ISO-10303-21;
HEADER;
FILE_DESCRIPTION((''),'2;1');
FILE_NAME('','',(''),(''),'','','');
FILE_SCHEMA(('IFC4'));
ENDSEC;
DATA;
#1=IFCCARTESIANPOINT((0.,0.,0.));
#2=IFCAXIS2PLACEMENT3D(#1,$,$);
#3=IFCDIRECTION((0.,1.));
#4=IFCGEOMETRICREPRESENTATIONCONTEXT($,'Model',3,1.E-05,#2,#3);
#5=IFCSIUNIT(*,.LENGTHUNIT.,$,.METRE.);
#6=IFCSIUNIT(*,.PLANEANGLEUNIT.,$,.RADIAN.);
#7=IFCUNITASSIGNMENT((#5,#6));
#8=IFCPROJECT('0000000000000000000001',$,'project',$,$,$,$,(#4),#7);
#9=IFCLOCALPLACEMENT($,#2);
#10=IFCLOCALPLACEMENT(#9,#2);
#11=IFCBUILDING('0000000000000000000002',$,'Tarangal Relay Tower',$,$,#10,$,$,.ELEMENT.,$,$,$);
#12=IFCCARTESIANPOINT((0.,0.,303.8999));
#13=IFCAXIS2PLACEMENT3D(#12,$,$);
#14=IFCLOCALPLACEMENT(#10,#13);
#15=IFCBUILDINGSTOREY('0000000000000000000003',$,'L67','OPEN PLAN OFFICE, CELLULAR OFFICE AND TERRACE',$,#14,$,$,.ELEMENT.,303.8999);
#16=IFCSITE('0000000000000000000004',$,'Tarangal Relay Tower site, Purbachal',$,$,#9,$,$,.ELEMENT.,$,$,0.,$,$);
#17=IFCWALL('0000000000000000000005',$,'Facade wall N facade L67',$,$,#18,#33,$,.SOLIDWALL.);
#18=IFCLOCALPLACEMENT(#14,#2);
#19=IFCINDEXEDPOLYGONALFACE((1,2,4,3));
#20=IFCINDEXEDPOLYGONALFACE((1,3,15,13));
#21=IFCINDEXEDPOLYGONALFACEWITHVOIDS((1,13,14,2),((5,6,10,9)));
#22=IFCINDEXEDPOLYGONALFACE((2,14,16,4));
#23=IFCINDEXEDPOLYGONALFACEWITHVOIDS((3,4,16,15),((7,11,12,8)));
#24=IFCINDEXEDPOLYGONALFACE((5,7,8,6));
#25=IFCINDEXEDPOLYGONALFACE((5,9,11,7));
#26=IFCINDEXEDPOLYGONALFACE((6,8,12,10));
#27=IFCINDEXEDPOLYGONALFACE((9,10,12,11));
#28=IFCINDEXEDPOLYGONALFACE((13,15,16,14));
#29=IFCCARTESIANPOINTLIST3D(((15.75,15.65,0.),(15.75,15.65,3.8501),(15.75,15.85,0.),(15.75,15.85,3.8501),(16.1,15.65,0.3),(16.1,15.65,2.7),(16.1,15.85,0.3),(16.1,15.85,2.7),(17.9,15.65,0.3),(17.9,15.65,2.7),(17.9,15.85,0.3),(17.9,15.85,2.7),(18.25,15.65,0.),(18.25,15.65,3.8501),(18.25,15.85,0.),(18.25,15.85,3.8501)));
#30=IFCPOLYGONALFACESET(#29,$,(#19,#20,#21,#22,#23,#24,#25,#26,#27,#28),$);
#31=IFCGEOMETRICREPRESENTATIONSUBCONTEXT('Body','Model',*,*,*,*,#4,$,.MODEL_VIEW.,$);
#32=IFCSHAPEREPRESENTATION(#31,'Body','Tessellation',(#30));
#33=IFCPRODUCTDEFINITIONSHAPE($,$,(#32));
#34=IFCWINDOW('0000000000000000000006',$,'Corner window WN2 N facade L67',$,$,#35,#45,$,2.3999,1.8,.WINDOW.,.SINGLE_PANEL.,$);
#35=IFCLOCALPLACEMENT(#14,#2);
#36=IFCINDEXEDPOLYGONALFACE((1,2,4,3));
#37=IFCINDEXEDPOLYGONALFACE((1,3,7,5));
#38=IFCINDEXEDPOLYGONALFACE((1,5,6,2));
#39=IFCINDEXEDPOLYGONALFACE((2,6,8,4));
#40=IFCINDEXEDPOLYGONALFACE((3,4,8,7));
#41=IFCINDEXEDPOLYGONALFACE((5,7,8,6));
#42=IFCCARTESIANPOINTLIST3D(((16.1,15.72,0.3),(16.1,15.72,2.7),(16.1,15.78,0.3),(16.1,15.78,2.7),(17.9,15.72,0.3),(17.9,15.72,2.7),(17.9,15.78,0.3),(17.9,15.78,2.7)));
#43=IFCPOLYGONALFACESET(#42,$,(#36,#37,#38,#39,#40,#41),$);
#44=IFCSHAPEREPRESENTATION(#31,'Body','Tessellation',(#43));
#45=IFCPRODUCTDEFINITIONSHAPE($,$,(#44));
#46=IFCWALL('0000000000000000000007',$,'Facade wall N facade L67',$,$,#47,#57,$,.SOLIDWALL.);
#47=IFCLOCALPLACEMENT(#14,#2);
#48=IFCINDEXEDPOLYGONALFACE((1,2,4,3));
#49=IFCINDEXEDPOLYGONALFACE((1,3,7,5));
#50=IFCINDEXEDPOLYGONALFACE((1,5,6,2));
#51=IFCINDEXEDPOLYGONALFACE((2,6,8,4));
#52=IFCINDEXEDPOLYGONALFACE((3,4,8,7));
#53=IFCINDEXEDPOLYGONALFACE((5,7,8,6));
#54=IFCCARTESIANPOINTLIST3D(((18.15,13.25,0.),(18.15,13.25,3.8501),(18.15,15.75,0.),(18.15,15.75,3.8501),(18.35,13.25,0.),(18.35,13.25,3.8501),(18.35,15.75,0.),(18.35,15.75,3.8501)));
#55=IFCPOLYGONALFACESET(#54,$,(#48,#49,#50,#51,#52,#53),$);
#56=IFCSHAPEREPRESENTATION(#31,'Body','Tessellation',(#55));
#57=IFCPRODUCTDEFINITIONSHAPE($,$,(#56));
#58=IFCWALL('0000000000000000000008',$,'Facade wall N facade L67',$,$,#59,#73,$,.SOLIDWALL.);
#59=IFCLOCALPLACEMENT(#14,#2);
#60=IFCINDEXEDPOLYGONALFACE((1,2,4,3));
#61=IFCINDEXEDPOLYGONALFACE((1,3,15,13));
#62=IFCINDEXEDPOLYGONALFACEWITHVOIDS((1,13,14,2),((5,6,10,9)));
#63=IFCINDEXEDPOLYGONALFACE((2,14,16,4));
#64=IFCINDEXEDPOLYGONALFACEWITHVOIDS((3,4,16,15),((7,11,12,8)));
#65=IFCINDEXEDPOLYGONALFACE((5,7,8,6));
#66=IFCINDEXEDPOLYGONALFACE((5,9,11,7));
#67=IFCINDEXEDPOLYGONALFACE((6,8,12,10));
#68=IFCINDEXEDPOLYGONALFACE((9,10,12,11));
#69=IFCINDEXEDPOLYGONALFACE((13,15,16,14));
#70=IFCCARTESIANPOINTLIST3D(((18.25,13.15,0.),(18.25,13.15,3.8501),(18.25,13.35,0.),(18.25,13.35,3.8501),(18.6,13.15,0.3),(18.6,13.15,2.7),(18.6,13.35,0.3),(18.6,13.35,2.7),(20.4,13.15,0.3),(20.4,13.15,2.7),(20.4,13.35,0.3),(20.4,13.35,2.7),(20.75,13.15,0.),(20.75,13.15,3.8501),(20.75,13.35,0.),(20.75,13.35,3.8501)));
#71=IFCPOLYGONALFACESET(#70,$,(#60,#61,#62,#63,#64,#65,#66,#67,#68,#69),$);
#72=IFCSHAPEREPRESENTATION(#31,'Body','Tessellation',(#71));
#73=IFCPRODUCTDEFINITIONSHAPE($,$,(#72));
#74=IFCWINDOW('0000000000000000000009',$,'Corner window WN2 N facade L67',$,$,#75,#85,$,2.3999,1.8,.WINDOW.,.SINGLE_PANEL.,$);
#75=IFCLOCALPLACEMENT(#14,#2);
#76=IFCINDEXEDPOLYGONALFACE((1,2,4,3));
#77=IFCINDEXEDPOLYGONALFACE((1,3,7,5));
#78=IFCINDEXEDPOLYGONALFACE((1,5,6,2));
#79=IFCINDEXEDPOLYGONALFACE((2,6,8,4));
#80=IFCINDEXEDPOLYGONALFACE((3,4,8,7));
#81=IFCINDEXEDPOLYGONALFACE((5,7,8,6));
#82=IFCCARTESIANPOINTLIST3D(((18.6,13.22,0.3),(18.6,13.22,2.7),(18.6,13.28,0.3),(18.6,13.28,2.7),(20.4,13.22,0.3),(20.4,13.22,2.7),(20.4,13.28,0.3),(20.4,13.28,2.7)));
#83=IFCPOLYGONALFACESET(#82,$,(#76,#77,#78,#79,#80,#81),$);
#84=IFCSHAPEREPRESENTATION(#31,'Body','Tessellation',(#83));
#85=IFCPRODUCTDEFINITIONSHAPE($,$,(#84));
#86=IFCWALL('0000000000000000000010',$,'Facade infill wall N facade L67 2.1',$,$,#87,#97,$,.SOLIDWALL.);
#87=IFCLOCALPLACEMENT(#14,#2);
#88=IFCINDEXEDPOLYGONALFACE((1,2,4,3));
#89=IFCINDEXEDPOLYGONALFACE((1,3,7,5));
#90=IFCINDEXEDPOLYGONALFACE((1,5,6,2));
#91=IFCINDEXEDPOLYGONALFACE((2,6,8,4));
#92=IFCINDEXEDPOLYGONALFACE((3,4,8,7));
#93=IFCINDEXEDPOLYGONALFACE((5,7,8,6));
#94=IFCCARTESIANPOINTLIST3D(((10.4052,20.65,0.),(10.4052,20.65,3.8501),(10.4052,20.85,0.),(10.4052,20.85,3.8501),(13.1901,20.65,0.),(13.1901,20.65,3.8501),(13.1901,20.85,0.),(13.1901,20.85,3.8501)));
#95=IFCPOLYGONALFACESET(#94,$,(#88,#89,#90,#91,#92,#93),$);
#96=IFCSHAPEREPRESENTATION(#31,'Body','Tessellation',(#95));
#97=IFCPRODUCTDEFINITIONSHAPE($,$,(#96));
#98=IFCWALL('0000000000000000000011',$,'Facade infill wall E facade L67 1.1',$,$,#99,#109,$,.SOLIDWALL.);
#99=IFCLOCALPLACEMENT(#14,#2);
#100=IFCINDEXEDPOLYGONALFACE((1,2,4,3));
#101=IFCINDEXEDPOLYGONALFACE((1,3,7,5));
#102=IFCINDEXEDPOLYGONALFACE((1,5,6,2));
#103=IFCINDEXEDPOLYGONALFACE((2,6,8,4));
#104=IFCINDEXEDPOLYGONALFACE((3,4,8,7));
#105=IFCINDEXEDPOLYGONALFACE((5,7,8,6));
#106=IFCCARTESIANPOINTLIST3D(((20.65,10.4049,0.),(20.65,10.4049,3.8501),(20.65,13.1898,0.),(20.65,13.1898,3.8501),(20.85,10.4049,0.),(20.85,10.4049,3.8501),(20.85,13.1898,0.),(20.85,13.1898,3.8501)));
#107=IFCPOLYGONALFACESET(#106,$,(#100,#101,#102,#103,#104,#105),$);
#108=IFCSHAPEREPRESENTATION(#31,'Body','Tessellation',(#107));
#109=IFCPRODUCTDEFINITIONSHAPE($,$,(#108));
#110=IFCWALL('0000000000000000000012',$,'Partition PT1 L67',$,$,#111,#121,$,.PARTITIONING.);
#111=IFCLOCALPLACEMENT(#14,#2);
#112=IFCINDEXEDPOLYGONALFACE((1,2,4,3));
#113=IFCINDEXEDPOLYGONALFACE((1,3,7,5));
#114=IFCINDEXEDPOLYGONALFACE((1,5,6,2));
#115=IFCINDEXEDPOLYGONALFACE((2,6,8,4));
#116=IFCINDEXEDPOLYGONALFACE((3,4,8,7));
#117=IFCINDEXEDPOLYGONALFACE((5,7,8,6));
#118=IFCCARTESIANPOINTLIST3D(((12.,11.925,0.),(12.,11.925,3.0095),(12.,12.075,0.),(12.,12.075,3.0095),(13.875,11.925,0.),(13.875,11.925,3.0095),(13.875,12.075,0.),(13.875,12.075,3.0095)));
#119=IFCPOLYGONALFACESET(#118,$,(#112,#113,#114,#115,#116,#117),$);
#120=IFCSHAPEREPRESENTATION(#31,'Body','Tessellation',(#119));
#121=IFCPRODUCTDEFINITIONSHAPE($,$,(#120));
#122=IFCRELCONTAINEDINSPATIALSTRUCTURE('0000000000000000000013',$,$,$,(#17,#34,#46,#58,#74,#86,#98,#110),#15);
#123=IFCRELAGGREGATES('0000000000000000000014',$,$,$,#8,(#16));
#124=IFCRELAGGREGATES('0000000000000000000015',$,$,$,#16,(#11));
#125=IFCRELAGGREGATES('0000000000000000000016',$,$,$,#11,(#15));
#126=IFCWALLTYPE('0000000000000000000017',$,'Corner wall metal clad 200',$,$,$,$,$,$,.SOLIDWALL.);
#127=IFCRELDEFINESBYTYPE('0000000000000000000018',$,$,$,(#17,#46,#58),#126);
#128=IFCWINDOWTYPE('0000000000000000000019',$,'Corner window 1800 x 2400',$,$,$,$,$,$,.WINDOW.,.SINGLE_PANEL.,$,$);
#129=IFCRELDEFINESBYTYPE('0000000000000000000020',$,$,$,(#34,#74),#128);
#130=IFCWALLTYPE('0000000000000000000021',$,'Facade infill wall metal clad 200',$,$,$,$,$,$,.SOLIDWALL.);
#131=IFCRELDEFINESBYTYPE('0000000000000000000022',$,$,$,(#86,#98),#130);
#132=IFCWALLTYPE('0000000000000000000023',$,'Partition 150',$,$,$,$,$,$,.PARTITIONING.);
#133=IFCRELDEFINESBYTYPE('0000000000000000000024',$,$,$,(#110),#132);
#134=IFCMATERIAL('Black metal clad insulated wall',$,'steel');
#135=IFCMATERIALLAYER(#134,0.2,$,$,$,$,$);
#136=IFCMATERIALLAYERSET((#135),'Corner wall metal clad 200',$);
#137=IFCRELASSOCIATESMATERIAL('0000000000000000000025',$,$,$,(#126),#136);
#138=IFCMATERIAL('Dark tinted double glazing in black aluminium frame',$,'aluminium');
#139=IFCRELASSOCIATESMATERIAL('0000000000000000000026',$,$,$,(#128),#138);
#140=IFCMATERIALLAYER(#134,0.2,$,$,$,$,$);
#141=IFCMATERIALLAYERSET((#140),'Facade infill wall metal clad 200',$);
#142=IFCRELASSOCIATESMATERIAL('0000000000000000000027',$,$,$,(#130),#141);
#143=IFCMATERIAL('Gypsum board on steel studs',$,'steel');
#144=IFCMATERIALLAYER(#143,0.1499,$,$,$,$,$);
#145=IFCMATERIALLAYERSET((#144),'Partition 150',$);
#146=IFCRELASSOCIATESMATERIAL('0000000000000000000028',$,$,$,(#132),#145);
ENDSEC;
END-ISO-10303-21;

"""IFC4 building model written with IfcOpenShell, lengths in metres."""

from ifc_helpers import new_model, si_unit, direction, frame, frame_2d, origin, place, context, subcontext, project, spatial, rectangle, extrude, material, layer, layer_set, type_object, element, fill, save


model = new_model("IFC4")

# Units and contexts
model_context = context("Model", 3, precision=1e-05, world=origin(), true_north=direction((0.0, 1.0)))
body_context = subcontext(model_context, "Body", "Model", "MODEL_VIEW")
ifc_project = project(units=[si_unit("LENGTHUNIT", "METRE"), si_unit("PLANEANGLEUNIT", "RADIAN")], contexts=[model_context])

# Site, building, storey
site_placement = place(None, origin())
site = spatial("IfcSite", under=ifc_project, at=site_placement, Name="Tarangal Relay Tower site, Purbachal", CompositionType="ELEMENT", RefElevation=0.0)
building_placement = place(site_placement, origin())
building = spatial("IfcBuilding", under=site, at=building_placement, Name="Tarangal Relay Tower", CompositionType="ELEMENT")
storey_placement = place(building_placement, frame((0.0, 0.0, 303.8999)))
storey = spatial("IfcBuildingStorey", under=building, at=storey_placement, Name="L67", Description="OPEN PLAN OFFICE, CELLULAR OFFICE AND TERRACE", CompositionType="ELEMENT", Elevation=303.8999)

# Shared definitions
ifc_material_1 = material(Name="Black metal clad insulated wall", Category="steel")
ifc_layer_1 = layer(ifc_material_1, 0.2)
ifc_layer_set_1 = layer_set([ifc_layer_1], Name="Corner wall metal clad 200")
wall_type_1 = type_object("IfcWallType", Name="Corner wall metal clad 200", PredefinedType="SOLIDWALL", material=ifc_layer_set_1)

# Shared definitions
ifc_material_2 = material(Name="Dark tinted double glazing in black aluminium frame", Category="aluminium")
window_type = type_object("IfcWindowType", Name="Corner window 1800 x 2400", PartitioningType="SINGLE_PANEL", PredefinedType="WINDOW", material=ifc_material_2)

# Wall, opening, window
wall_1_placement = place(storey_placement, frame((15.75, 15.75, 0.0), z_axis=(0.0, 0.0, 1.0), x_axis=(1.0, 0.0, 0.0)))
wall_1 = element("IfcWall", 1, at=wall_1_placement, inside=storey, type_object=wall_type_1, Name="Facade wall N facade L67", PredefinedType="SOLIDWALL", context=body_context, shape_type="SweptSolid", body=[
    extrude(rectangle(XDim=2.5, YDim=0.2, at=frame_2d((1.25, 0.0))), origin(), (0.0, 0.0, 1.0), 3.8501),
])
opening_1_placement = place(wall_1_placement, frame((0.3501, 0.0, 0.3)))
opening_1 = element("IfcOpeningElement", 2, at=opening_1_placement, cuts=wall_1, PredefinedType="OPENING", context=body_context, shape_type="SweptSolid", body=[
    extrude(rectangle(XDim=1.8, YDim=2.3999, at=frame_2d((0.8999, 1.2))), frame((0.0, 0.1099, 0.0), z_axis=(0.0, -1.0, 0.0), x_axis=(1.0, 0.0, 0.0)), (0.0, 0.0, 1.0), 0.22),
])
window_1_placement = place(opening_1_placement, origin())
window_1 = element("IfcWindow", 3, at=window_1_placement, inside=storey, type_object=window_type, Name="Corner window WN2 N facade L67", OverallHeight=2.3999, OverallWidth=1.8, PartitioningType="SINGLE_PANEL", PredefinedType="WINDOW", context=body_context, shape_type="SweptSolid", body=[
    extrude(rectangle(XDim=1.8, YDim=2.3999, at=frame_2d((0.8999, 1.2))), frame((0.0, 0.03, 0.0), z_axis=(0.0, -1.0, 0.0), x_axis=(1.0, 0.0, 0.0)), (0.0, 0.0, 1.0), 0.0601),
])
fill(opening_1, window_1)

# Wall
wall_2_placement = place(storey_placement, frame((18.25, 15.75, 0.0), z_axis=(0.0, 0.0, 1.0), x_axis=(0.0, -1.0, 0.0)))
element("IfcWall", 4, at=wall_2_placement, inside=storey, type_object=wall_type_1, Name="Facade wall N facade L67", PredefinedType="SOLIDWALL", context=body_context, shape_type="SweptSolid", body=[
    extrude(rectangle(XDim=2.5, YDim=0.2, at=frame_2d((1.25, 0.0))), origin(), (0.0, 0.0, 1.0), 3.8501),
])

# Wall, opening, window
wall_3_placement = place(storey_placement, frame((18.25, 13.25, 0.0), z_axis=(0.0, 0.0, 1.0), x_axis=(1.0, 0.0, 0.0)))
wall_3 = element("IfcWall", 5, at=wall_3_placement, inside=storey, type_object=wall_type_1, Name="Facade wall N facade L67", PredefinedType="SOLIDWALL", context=body_context, shape_type="SweptSolid", body=[
    extrude(rectangle(XDim=2.5, YDim=0.2, at=frame_2d((1.25, 0.0))), origin(), (0.0, 0.0, 1.0), 3.8501),
])
opening_2_placement = place(wall_3_placement, frame((0.3501, 0.0, 0.3)))
opening_2 = element("IfcOpeningElement", 6, at=opening_2_placement, cuts=wall_3, PredefinedType="OPENING", context=body_context, shape_type="SweptSolid", body=[
    extrude(rectangle(XDim=1.8, YDim=2.3999, at=frame_2d((0.8999, 1.2))), frame((0.0, 0.1099, 0.0), z_axis=(0.0, -1.0, 0.0), x_axis=(1.0, 0.0, 0.0)), (0.0, 0.0, 1.0), 0.22),
])
window_2_placement = place(opening_2_placement, origin())
window_2 = element("IfcWindow", 7, at=window_2_placement, inside=storey, type_object=window_type, Name="Corner window WN2 N facade L67", OverallHeight=2.3999, OverallWidth=1.8, PartitioningType="SINGLE_PANEL", PredefinedType="WINDOW", context=body_context, shape_type="SweptSolid", body=[
    extrude(rectangle(XDim=1.8, YDim=2.3999, at=frame_2d((0.8999, 1.2))), frame((0.0, 0.03, 0.0), z_axis=(0.0, -1.0, 0.0), x_axis=(1.0, 0.0, 0.0)), (0.0, 0.0, 1.0), 0.0601),
])
fill(opening_2, window_2)

# Walls
ifc_layer_2 = layer(ifc_material_1, 0.2)
ifc_layer_set_2 = layer_set([ifc_layer_2], Name="Facade infill wall metal clad 200")
wall_type_2 = type_object("IfcWallType", Name="Facade infill wall metal clad 200", PredefinedType="SOLIDWALL", material=ifc_layer_set_2)
for number, where, z_axis, x_axis, name in (
    (8, (10.405, 20.75, 0.0), (0.0, 0.0, 1.0), (1.0, 0.0, 0.0), "Facade infill wall N facade L67 2.1"),
    (9, (20.75, 13.1899, 0.0), (0.0, 0.0, 1.0), (0.0, -1.0, 0.0), "Facade infill wall E facade L67 1.1"),
):
    element("IfcWall", number, at=place(storey_placement, frame(where, z_axis=z_axis, x_axis=x_axis)), inside=storey, type_object=wall_type_2, Name=name, PredefinedType="SOLIDWALL", context=body_context, shape_type="SweptSolid", body=[
        extrude(rectangle(XDim=2.7849, YDim=0.2, at=frame_2d((1.3926, 0.0))), origin(), (0.0, 0.0, 1.0), 3.8501),
    ])
ifc_material_3 = material(Name="Gypsum board on steel studs", Category="steel")
ifc_layer_3 = layer(ifc_material_3, 0.1499)
ifc_layer_set_3 = layer_set([ifc_layer_3], Name="Partition 150")
wall_type_3 = type_object("IfcWallType", Name="Partition 150", PredefinedType="PARTITIONING", material=ifc_layer_set_3)
wall_4_placement = place(storey_placement, frame((12.0, 12.0, 0.0), z_axis=(0.0, 0.0, 1.0), x_axis=(1.0, 0.0, 0.0)))
element("IfcWall", 10, at=wall_4_placement, inside=storey, type_object=wall_type_3, Name="Partition PT1 L67", PredefinedType="PARTITIONING", context=body_context, shape_type="SweptSolid", body=[
    extrude(rectangle(XDim=1.875, YDim=0.1499, at=frame_2d((0.9375, 0.0))), origin(), (0.0, 0.0, 1.0), 3.0095),
])

save(model, "model.ifc")
